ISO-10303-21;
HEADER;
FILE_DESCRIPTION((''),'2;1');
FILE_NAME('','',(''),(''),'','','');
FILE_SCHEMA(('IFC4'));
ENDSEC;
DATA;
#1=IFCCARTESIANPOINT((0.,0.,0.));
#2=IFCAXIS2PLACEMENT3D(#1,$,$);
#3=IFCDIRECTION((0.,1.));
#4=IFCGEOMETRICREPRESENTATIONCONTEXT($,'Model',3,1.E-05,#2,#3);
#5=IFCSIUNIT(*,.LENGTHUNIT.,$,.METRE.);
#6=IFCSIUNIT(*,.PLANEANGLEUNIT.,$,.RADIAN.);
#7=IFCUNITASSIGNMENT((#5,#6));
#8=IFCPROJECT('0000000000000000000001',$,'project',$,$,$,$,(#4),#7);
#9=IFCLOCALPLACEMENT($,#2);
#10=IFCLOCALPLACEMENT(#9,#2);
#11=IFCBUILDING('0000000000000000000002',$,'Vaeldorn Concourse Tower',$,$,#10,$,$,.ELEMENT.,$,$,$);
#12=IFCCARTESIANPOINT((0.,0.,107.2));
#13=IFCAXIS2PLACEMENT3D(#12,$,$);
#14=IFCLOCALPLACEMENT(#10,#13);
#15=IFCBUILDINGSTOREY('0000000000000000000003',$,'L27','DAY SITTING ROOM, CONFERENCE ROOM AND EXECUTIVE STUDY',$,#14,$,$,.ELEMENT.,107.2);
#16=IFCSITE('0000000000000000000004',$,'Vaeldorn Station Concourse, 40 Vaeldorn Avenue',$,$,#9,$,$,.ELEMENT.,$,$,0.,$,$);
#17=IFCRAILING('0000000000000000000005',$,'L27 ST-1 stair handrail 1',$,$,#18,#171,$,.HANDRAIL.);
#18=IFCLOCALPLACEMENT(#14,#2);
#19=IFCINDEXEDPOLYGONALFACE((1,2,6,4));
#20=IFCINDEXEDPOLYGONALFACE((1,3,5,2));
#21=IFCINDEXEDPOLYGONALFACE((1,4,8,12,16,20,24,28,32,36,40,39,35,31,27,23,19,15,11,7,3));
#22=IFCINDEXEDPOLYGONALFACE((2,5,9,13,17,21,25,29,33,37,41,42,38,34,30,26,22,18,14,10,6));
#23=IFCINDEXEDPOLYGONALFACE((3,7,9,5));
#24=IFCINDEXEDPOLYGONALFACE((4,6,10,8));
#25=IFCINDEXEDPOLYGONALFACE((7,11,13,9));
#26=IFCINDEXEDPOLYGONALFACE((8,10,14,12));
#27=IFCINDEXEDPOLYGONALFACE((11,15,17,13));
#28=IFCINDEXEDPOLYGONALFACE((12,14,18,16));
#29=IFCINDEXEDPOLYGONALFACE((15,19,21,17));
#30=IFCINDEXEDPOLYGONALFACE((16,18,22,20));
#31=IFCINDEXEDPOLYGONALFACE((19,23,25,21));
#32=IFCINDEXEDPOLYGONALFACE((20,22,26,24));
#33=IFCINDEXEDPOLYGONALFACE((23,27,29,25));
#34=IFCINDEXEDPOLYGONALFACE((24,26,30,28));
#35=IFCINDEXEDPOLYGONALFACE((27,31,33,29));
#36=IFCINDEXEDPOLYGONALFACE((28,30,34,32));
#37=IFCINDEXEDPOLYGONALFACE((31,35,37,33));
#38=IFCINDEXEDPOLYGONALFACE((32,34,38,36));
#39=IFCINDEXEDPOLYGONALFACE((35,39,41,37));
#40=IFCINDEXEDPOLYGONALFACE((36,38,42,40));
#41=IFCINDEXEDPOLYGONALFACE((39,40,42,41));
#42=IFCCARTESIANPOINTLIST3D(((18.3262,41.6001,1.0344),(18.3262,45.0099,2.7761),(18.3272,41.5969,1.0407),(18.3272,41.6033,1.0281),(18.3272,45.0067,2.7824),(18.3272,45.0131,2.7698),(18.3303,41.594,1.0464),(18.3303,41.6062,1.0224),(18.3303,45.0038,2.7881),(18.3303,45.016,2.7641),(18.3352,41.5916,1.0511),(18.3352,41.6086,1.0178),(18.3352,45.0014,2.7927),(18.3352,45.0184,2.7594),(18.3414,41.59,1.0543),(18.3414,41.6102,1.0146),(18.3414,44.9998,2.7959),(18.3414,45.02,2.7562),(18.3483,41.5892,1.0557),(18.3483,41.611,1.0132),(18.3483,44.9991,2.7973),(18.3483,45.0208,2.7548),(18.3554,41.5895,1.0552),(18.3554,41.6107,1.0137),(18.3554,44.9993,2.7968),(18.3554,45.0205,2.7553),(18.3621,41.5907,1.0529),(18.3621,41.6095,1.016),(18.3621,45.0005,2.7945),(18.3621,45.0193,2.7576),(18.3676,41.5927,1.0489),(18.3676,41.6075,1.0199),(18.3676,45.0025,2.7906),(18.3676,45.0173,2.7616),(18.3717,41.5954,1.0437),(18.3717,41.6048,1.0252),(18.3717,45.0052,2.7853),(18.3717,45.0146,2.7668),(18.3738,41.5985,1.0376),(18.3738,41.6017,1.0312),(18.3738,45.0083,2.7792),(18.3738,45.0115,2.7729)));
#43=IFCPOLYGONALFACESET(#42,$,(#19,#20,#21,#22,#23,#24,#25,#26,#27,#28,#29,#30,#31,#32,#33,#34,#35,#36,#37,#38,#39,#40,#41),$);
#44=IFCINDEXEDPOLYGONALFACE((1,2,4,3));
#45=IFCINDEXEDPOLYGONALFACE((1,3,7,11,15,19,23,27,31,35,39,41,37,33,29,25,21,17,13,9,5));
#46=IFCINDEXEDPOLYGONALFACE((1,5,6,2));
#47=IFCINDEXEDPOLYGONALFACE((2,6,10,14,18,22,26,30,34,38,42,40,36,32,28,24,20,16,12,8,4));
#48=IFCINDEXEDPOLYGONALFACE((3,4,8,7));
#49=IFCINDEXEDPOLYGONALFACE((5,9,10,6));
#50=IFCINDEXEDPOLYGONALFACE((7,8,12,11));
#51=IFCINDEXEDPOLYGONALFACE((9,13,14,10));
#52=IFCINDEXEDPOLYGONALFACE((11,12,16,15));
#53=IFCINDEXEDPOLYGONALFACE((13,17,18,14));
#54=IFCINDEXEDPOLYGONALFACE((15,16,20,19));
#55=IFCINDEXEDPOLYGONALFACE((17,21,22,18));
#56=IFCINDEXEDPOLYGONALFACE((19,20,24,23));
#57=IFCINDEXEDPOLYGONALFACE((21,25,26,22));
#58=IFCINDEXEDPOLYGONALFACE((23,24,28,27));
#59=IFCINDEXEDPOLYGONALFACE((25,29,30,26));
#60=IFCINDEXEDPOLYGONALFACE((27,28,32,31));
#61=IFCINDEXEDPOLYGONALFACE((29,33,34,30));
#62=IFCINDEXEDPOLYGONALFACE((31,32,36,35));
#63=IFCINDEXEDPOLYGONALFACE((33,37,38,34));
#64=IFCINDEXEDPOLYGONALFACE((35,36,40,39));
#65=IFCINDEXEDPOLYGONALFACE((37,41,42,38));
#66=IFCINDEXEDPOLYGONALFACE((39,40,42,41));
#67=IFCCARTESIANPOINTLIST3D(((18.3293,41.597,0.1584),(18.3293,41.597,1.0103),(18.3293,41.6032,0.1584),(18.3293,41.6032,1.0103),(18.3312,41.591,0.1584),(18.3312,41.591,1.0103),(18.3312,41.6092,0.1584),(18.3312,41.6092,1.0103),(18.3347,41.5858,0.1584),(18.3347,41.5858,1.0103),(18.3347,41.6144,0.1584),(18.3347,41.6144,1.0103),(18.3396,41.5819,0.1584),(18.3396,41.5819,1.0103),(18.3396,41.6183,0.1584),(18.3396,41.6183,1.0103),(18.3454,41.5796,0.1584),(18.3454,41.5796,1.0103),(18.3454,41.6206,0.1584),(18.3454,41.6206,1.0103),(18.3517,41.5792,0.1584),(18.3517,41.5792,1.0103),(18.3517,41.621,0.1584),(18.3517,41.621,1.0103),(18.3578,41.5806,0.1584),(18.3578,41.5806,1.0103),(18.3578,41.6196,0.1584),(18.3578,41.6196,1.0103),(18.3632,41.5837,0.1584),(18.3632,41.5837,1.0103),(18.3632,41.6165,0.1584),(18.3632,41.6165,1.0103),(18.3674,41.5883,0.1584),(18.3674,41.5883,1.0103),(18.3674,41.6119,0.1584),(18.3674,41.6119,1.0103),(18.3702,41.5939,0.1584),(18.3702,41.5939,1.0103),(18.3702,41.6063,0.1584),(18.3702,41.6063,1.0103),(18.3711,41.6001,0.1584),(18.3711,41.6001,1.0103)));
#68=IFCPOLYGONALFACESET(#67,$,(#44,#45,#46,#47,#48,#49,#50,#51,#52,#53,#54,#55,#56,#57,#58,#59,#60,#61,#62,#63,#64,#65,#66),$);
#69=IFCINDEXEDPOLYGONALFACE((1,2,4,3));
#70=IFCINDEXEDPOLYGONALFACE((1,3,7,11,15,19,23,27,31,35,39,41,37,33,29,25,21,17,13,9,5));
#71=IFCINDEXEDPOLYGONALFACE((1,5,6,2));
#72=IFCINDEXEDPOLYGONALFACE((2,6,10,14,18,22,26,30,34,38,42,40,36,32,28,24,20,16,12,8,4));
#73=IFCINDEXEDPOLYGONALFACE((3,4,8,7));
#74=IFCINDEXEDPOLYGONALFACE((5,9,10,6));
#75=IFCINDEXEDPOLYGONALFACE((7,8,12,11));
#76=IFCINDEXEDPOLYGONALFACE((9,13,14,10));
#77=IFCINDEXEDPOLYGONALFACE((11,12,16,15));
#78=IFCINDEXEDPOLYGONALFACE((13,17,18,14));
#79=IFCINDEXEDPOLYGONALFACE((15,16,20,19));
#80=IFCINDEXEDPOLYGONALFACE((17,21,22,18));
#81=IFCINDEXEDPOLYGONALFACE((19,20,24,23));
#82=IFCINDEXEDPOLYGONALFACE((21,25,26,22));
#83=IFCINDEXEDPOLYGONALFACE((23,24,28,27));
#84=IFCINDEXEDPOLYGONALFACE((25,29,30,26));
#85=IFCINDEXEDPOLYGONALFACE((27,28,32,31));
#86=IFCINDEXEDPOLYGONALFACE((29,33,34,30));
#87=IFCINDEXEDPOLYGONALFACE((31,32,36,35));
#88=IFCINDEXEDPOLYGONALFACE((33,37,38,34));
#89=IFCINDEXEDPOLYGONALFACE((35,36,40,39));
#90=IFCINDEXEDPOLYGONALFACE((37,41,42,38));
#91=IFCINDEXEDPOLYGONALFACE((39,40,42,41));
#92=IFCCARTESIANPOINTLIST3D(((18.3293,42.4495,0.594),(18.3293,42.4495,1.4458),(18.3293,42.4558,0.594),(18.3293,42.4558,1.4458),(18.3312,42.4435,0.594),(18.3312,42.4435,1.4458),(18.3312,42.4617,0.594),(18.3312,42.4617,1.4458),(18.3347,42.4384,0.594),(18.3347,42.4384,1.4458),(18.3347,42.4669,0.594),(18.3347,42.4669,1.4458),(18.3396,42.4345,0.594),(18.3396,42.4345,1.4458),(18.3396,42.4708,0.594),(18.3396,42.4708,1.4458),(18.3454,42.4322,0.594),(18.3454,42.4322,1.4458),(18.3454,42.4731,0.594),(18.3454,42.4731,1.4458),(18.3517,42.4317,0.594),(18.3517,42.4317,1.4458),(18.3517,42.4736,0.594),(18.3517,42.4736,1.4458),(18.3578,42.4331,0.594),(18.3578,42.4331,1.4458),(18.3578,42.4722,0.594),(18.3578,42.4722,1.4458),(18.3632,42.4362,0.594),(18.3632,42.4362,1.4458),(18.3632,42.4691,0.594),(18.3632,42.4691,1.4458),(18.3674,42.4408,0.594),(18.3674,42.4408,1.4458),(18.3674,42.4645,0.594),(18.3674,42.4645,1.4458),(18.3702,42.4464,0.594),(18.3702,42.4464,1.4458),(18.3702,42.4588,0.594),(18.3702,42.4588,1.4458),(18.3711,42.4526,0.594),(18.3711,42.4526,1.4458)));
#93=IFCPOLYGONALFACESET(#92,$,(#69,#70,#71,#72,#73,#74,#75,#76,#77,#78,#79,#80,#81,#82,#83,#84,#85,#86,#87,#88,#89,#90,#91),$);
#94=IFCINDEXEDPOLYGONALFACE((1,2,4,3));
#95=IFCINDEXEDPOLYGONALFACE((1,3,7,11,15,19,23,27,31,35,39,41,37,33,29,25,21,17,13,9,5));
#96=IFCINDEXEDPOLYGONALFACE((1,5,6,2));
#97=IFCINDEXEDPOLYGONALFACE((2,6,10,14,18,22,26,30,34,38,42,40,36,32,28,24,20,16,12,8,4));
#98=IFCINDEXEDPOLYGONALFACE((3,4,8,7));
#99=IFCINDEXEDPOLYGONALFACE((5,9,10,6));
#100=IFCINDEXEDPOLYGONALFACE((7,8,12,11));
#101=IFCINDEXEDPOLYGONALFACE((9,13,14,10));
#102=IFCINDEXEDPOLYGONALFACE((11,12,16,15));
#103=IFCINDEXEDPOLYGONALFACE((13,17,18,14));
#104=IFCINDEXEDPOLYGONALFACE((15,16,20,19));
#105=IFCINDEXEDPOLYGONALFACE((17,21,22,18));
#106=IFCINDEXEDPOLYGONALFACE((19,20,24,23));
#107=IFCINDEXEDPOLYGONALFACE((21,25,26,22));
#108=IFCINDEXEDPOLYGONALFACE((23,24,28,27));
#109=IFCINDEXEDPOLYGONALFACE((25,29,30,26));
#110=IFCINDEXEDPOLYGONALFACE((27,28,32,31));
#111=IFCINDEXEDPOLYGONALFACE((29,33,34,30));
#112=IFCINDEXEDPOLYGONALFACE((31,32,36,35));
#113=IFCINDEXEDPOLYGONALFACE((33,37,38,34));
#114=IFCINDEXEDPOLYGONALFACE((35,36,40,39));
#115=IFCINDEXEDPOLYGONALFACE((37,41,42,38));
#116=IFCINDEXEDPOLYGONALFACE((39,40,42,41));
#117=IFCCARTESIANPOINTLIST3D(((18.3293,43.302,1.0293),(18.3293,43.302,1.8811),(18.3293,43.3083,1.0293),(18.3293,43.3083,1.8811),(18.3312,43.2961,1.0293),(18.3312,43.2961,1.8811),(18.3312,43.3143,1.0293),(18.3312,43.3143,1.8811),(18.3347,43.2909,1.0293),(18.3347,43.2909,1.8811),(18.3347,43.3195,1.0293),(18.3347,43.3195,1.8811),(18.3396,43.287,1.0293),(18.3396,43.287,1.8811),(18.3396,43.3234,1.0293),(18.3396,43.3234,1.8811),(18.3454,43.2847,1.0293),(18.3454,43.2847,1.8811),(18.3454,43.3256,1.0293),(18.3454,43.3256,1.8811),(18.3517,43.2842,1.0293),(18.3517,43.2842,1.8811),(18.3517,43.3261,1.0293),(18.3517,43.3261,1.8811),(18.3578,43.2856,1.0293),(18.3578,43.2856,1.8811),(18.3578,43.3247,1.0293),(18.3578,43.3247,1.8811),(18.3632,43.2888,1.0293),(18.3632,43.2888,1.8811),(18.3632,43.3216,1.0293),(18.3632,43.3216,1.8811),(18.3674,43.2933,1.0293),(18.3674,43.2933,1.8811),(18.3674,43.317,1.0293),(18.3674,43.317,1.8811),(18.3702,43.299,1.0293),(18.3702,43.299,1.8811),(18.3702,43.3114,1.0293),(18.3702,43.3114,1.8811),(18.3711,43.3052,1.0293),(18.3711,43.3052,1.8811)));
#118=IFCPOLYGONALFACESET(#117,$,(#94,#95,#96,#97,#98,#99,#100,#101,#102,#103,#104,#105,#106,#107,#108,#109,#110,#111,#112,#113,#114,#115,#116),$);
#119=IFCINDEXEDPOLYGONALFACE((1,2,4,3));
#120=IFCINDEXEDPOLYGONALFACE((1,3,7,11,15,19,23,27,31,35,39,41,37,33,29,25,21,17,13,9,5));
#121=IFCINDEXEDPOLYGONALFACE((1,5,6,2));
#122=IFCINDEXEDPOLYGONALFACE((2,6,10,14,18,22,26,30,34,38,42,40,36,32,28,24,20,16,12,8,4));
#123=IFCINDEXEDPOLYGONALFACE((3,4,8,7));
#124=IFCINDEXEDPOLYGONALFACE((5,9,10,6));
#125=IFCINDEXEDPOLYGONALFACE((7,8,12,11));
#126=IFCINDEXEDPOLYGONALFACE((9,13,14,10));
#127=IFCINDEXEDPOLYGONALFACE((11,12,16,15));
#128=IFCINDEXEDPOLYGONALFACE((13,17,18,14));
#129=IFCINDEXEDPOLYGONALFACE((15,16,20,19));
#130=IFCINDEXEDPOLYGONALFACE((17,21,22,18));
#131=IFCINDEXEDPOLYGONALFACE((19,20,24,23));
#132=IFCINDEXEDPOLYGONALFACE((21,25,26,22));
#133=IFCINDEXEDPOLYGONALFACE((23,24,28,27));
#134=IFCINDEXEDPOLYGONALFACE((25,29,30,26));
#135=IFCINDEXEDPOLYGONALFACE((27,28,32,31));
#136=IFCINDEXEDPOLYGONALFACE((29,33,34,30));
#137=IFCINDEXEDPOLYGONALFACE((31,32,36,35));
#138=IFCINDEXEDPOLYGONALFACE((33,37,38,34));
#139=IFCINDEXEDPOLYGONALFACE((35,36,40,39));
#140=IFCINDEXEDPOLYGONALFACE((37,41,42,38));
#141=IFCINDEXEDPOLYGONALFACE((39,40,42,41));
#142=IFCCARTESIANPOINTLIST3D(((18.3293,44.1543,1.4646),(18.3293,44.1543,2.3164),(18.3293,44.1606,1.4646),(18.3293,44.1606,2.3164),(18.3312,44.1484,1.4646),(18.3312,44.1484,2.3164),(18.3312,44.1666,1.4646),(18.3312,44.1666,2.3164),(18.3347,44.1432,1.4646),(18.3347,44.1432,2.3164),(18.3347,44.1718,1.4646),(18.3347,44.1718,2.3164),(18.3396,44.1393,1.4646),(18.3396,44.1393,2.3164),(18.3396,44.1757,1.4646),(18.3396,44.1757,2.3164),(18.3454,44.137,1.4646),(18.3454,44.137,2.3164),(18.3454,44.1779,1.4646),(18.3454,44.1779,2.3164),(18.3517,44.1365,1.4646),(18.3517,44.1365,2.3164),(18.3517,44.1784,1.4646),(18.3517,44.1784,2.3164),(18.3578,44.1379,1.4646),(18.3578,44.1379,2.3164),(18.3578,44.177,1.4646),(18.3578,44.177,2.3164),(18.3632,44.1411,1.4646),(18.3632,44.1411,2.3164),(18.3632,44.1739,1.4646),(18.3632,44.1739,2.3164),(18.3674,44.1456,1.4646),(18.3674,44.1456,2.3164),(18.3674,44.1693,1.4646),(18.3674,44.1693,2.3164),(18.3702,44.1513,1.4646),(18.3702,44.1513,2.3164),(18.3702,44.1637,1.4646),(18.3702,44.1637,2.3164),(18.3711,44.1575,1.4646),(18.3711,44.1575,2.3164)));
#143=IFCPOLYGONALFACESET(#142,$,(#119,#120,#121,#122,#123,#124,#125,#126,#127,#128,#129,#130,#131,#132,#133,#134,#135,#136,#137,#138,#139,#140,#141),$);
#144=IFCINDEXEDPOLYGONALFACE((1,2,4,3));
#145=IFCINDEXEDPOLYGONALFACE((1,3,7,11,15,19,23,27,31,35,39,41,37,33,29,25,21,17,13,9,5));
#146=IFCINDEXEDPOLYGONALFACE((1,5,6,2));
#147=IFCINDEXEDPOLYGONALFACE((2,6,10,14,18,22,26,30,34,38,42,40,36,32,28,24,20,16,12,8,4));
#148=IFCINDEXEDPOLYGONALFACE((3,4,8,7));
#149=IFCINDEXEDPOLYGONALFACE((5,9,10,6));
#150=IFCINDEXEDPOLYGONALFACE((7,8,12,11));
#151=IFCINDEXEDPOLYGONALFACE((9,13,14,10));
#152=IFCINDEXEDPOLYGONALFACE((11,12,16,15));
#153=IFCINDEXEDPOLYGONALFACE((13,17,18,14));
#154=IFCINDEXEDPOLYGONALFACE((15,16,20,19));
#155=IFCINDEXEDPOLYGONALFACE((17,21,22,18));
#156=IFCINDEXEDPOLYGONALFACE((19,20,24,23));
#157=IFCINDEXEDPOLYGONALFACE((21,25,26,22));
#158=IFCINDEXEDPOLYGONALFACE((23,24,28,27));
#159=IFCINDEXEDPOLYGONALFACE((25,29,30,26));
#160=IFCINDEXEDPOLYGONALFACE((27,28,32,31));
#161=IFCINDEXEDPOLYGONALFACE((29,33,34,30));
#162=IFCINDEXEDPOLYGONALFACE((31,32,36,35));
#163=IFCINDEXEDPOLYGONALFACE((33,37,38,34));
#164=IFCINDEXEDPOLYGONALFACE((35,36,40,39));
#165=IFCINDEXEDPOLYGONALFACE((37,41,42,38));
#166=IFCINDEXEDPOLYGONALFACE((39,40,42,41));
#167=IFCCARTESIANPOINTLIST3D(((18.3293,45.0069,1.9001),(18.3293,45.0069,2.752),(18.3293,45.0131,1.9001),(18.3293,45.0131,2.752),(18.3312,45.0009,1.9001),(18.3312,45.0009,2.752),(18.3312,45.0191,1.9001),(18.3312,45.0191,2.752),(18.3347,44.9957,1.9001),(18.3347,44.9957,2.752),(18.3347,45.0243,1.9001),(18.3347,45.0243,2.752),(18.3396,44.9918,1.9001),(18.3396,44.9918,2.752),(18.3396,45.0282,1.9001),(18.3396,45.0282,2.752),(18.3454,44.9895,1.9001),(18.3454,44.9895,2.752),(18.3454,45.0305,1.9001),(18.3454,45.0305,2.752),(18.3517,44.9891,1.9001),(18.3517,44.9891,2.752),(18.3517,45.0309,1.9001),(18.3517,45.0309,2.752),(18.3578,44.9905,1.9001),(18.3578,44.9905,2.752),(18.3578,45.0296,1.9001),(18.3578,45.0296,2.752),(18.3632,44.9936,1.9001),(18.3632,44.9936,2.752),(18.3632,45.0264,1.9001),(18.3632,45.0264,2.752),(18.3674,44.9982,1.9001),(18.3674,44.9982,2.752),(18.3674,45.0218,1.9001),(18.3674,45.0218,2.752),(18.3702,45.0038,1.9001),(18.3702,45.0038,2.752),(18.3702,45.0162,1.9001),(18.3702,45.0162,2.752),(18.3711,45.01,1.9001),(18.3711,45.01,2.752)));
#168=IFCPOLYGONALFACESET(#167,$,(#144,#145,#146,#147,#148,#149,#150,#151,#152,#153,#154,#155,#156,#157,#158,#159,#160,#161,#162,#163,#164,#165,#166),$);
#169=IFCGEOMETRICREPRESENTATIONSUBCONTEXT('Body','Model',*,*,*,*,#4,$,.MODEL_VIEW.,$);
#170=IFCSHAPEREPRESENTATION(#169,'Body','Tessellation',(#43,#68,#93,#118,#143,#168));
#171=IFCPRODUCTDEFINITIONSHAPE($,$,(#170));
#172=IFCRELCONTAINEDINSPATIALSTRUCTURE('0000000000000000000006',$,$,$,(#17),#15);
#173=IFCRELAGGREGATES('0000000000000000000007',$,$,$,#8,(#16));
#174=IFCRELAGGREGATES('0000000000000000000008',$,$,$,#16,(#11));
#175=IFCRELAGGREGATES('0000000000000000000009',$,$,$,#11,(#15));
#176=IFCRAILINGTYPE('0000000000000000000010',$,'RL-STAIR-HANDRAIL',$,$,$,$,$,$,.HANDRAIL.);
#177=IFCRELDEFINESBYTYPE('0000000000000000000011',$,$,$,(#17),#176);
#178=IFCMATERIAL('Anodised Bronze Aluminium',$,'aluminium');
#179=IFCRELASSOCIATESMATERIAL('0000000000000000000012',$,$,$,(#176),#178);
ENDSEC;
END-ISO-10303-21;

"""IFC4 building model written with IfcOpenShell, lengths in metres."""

from ifc_helpers import new_model, si_unit, direction, frame, origin, origin_2d, place, context, subcontext, project, spatial, circle, extrude, material, type_object, element, save


model = new_model("IFC4")

# Units and contexts
model_context = context("Model", 3, precision=1e-05, world=origin(), true_north=direction((0.0, 1.0)))
body_context = subcontext(model_context, "Body", "Model", "MODEL_VIEW")
ifc_project = project(units=[si_unit("LENGTHUNIT", "METRE"), si_unit("PLANEANGLEUNIT", "RADIAN")], contexts=[model_context])

# Site, building, storey
site_placement = place(None, origin())
site = spatial("IfcSite", under=ifc_project, at=site_placement, Name="Vaeldorn Station Concourse, 40 Vaeldorn Avenue", CompositionType="ELEMENT", RefElevation=0.0)
building_placement = place(site_placement, origin())
building = spatial("IfcBuilding", under=site, at=building_placement, Name="Vaeldorn Concourse Tower", CompositionType="ELEMENT")
storey_placement = place(building_placement, frame((0.0, 0.0, 107.2)))
storey = spatial("IfcBuildingStorey", under=building, at=storey_placement, Name="L27", Description="DAY SITTING ROOM, CONFERENCE ROOM AND EXECUTIVE STUDY", CompositionType="ELEMENT", Elevation=107.2)

# Shared definitions
ifc_material_1 = material(Name="Anodised Bronze Aluminium", Category="aluminium")

# Railing
railing_type_1 = type_object("IfcRailingType", Name="RL-STAIR-HANDRAIL", PredefinedType="HANDRAIL", material=ifc_material_1)
railing_1_placement = place(storey_placement, frame((18.3501, 41.6001, 0.1584)))
element("IfcRailing", 1, at=railing_1_placement, inside=storey, type_object=railing_type_1, Name="L27 ST-1 stair handrail 1", PredefinedType="HANDRAIL", context=body_context, shape_type="SweptSolid", body=[
    extrude(circle(Radius=0.0239, at=origin_2d()), frame((0.0, 0.0, 0.876), z_axis=(0.0, 0.890556, 0.454874), x_axis=(-1.0, 0.0, 0.0)), (0.0, 0.0, 1.0), 3.8289),
    extrude(circle(Radius=0.021, at=origin_2d()), origin(), (0.0, 0.0, 1.0), 0.8518),
    extrude(circle(Radius=0.021, at=origin_2d()), frame((0.0, 0.8525, 0.4355)), (0.0, 0.0, 1.0), 0.8518),
    extrude(circle(Radius=0.021, at=origin_2d()), frame((0.0, 1.7051, 0.8708)), (0.0, 0.0, 1.0), 0.8518),
    extrude(circle(Radius=0.021, at=origin_2d()), frame((0.0, 2.5574, 1.3062)), (0.0, 0.0, 1.0), 0.8518),
    extrude(circle(Radius=0.021, at=origin_2d()), frame((0.0, 3.4099, 1.7417)), (0.0, 0.0, 1.0), 0.8518),
])

save(model, "model.ifc")
